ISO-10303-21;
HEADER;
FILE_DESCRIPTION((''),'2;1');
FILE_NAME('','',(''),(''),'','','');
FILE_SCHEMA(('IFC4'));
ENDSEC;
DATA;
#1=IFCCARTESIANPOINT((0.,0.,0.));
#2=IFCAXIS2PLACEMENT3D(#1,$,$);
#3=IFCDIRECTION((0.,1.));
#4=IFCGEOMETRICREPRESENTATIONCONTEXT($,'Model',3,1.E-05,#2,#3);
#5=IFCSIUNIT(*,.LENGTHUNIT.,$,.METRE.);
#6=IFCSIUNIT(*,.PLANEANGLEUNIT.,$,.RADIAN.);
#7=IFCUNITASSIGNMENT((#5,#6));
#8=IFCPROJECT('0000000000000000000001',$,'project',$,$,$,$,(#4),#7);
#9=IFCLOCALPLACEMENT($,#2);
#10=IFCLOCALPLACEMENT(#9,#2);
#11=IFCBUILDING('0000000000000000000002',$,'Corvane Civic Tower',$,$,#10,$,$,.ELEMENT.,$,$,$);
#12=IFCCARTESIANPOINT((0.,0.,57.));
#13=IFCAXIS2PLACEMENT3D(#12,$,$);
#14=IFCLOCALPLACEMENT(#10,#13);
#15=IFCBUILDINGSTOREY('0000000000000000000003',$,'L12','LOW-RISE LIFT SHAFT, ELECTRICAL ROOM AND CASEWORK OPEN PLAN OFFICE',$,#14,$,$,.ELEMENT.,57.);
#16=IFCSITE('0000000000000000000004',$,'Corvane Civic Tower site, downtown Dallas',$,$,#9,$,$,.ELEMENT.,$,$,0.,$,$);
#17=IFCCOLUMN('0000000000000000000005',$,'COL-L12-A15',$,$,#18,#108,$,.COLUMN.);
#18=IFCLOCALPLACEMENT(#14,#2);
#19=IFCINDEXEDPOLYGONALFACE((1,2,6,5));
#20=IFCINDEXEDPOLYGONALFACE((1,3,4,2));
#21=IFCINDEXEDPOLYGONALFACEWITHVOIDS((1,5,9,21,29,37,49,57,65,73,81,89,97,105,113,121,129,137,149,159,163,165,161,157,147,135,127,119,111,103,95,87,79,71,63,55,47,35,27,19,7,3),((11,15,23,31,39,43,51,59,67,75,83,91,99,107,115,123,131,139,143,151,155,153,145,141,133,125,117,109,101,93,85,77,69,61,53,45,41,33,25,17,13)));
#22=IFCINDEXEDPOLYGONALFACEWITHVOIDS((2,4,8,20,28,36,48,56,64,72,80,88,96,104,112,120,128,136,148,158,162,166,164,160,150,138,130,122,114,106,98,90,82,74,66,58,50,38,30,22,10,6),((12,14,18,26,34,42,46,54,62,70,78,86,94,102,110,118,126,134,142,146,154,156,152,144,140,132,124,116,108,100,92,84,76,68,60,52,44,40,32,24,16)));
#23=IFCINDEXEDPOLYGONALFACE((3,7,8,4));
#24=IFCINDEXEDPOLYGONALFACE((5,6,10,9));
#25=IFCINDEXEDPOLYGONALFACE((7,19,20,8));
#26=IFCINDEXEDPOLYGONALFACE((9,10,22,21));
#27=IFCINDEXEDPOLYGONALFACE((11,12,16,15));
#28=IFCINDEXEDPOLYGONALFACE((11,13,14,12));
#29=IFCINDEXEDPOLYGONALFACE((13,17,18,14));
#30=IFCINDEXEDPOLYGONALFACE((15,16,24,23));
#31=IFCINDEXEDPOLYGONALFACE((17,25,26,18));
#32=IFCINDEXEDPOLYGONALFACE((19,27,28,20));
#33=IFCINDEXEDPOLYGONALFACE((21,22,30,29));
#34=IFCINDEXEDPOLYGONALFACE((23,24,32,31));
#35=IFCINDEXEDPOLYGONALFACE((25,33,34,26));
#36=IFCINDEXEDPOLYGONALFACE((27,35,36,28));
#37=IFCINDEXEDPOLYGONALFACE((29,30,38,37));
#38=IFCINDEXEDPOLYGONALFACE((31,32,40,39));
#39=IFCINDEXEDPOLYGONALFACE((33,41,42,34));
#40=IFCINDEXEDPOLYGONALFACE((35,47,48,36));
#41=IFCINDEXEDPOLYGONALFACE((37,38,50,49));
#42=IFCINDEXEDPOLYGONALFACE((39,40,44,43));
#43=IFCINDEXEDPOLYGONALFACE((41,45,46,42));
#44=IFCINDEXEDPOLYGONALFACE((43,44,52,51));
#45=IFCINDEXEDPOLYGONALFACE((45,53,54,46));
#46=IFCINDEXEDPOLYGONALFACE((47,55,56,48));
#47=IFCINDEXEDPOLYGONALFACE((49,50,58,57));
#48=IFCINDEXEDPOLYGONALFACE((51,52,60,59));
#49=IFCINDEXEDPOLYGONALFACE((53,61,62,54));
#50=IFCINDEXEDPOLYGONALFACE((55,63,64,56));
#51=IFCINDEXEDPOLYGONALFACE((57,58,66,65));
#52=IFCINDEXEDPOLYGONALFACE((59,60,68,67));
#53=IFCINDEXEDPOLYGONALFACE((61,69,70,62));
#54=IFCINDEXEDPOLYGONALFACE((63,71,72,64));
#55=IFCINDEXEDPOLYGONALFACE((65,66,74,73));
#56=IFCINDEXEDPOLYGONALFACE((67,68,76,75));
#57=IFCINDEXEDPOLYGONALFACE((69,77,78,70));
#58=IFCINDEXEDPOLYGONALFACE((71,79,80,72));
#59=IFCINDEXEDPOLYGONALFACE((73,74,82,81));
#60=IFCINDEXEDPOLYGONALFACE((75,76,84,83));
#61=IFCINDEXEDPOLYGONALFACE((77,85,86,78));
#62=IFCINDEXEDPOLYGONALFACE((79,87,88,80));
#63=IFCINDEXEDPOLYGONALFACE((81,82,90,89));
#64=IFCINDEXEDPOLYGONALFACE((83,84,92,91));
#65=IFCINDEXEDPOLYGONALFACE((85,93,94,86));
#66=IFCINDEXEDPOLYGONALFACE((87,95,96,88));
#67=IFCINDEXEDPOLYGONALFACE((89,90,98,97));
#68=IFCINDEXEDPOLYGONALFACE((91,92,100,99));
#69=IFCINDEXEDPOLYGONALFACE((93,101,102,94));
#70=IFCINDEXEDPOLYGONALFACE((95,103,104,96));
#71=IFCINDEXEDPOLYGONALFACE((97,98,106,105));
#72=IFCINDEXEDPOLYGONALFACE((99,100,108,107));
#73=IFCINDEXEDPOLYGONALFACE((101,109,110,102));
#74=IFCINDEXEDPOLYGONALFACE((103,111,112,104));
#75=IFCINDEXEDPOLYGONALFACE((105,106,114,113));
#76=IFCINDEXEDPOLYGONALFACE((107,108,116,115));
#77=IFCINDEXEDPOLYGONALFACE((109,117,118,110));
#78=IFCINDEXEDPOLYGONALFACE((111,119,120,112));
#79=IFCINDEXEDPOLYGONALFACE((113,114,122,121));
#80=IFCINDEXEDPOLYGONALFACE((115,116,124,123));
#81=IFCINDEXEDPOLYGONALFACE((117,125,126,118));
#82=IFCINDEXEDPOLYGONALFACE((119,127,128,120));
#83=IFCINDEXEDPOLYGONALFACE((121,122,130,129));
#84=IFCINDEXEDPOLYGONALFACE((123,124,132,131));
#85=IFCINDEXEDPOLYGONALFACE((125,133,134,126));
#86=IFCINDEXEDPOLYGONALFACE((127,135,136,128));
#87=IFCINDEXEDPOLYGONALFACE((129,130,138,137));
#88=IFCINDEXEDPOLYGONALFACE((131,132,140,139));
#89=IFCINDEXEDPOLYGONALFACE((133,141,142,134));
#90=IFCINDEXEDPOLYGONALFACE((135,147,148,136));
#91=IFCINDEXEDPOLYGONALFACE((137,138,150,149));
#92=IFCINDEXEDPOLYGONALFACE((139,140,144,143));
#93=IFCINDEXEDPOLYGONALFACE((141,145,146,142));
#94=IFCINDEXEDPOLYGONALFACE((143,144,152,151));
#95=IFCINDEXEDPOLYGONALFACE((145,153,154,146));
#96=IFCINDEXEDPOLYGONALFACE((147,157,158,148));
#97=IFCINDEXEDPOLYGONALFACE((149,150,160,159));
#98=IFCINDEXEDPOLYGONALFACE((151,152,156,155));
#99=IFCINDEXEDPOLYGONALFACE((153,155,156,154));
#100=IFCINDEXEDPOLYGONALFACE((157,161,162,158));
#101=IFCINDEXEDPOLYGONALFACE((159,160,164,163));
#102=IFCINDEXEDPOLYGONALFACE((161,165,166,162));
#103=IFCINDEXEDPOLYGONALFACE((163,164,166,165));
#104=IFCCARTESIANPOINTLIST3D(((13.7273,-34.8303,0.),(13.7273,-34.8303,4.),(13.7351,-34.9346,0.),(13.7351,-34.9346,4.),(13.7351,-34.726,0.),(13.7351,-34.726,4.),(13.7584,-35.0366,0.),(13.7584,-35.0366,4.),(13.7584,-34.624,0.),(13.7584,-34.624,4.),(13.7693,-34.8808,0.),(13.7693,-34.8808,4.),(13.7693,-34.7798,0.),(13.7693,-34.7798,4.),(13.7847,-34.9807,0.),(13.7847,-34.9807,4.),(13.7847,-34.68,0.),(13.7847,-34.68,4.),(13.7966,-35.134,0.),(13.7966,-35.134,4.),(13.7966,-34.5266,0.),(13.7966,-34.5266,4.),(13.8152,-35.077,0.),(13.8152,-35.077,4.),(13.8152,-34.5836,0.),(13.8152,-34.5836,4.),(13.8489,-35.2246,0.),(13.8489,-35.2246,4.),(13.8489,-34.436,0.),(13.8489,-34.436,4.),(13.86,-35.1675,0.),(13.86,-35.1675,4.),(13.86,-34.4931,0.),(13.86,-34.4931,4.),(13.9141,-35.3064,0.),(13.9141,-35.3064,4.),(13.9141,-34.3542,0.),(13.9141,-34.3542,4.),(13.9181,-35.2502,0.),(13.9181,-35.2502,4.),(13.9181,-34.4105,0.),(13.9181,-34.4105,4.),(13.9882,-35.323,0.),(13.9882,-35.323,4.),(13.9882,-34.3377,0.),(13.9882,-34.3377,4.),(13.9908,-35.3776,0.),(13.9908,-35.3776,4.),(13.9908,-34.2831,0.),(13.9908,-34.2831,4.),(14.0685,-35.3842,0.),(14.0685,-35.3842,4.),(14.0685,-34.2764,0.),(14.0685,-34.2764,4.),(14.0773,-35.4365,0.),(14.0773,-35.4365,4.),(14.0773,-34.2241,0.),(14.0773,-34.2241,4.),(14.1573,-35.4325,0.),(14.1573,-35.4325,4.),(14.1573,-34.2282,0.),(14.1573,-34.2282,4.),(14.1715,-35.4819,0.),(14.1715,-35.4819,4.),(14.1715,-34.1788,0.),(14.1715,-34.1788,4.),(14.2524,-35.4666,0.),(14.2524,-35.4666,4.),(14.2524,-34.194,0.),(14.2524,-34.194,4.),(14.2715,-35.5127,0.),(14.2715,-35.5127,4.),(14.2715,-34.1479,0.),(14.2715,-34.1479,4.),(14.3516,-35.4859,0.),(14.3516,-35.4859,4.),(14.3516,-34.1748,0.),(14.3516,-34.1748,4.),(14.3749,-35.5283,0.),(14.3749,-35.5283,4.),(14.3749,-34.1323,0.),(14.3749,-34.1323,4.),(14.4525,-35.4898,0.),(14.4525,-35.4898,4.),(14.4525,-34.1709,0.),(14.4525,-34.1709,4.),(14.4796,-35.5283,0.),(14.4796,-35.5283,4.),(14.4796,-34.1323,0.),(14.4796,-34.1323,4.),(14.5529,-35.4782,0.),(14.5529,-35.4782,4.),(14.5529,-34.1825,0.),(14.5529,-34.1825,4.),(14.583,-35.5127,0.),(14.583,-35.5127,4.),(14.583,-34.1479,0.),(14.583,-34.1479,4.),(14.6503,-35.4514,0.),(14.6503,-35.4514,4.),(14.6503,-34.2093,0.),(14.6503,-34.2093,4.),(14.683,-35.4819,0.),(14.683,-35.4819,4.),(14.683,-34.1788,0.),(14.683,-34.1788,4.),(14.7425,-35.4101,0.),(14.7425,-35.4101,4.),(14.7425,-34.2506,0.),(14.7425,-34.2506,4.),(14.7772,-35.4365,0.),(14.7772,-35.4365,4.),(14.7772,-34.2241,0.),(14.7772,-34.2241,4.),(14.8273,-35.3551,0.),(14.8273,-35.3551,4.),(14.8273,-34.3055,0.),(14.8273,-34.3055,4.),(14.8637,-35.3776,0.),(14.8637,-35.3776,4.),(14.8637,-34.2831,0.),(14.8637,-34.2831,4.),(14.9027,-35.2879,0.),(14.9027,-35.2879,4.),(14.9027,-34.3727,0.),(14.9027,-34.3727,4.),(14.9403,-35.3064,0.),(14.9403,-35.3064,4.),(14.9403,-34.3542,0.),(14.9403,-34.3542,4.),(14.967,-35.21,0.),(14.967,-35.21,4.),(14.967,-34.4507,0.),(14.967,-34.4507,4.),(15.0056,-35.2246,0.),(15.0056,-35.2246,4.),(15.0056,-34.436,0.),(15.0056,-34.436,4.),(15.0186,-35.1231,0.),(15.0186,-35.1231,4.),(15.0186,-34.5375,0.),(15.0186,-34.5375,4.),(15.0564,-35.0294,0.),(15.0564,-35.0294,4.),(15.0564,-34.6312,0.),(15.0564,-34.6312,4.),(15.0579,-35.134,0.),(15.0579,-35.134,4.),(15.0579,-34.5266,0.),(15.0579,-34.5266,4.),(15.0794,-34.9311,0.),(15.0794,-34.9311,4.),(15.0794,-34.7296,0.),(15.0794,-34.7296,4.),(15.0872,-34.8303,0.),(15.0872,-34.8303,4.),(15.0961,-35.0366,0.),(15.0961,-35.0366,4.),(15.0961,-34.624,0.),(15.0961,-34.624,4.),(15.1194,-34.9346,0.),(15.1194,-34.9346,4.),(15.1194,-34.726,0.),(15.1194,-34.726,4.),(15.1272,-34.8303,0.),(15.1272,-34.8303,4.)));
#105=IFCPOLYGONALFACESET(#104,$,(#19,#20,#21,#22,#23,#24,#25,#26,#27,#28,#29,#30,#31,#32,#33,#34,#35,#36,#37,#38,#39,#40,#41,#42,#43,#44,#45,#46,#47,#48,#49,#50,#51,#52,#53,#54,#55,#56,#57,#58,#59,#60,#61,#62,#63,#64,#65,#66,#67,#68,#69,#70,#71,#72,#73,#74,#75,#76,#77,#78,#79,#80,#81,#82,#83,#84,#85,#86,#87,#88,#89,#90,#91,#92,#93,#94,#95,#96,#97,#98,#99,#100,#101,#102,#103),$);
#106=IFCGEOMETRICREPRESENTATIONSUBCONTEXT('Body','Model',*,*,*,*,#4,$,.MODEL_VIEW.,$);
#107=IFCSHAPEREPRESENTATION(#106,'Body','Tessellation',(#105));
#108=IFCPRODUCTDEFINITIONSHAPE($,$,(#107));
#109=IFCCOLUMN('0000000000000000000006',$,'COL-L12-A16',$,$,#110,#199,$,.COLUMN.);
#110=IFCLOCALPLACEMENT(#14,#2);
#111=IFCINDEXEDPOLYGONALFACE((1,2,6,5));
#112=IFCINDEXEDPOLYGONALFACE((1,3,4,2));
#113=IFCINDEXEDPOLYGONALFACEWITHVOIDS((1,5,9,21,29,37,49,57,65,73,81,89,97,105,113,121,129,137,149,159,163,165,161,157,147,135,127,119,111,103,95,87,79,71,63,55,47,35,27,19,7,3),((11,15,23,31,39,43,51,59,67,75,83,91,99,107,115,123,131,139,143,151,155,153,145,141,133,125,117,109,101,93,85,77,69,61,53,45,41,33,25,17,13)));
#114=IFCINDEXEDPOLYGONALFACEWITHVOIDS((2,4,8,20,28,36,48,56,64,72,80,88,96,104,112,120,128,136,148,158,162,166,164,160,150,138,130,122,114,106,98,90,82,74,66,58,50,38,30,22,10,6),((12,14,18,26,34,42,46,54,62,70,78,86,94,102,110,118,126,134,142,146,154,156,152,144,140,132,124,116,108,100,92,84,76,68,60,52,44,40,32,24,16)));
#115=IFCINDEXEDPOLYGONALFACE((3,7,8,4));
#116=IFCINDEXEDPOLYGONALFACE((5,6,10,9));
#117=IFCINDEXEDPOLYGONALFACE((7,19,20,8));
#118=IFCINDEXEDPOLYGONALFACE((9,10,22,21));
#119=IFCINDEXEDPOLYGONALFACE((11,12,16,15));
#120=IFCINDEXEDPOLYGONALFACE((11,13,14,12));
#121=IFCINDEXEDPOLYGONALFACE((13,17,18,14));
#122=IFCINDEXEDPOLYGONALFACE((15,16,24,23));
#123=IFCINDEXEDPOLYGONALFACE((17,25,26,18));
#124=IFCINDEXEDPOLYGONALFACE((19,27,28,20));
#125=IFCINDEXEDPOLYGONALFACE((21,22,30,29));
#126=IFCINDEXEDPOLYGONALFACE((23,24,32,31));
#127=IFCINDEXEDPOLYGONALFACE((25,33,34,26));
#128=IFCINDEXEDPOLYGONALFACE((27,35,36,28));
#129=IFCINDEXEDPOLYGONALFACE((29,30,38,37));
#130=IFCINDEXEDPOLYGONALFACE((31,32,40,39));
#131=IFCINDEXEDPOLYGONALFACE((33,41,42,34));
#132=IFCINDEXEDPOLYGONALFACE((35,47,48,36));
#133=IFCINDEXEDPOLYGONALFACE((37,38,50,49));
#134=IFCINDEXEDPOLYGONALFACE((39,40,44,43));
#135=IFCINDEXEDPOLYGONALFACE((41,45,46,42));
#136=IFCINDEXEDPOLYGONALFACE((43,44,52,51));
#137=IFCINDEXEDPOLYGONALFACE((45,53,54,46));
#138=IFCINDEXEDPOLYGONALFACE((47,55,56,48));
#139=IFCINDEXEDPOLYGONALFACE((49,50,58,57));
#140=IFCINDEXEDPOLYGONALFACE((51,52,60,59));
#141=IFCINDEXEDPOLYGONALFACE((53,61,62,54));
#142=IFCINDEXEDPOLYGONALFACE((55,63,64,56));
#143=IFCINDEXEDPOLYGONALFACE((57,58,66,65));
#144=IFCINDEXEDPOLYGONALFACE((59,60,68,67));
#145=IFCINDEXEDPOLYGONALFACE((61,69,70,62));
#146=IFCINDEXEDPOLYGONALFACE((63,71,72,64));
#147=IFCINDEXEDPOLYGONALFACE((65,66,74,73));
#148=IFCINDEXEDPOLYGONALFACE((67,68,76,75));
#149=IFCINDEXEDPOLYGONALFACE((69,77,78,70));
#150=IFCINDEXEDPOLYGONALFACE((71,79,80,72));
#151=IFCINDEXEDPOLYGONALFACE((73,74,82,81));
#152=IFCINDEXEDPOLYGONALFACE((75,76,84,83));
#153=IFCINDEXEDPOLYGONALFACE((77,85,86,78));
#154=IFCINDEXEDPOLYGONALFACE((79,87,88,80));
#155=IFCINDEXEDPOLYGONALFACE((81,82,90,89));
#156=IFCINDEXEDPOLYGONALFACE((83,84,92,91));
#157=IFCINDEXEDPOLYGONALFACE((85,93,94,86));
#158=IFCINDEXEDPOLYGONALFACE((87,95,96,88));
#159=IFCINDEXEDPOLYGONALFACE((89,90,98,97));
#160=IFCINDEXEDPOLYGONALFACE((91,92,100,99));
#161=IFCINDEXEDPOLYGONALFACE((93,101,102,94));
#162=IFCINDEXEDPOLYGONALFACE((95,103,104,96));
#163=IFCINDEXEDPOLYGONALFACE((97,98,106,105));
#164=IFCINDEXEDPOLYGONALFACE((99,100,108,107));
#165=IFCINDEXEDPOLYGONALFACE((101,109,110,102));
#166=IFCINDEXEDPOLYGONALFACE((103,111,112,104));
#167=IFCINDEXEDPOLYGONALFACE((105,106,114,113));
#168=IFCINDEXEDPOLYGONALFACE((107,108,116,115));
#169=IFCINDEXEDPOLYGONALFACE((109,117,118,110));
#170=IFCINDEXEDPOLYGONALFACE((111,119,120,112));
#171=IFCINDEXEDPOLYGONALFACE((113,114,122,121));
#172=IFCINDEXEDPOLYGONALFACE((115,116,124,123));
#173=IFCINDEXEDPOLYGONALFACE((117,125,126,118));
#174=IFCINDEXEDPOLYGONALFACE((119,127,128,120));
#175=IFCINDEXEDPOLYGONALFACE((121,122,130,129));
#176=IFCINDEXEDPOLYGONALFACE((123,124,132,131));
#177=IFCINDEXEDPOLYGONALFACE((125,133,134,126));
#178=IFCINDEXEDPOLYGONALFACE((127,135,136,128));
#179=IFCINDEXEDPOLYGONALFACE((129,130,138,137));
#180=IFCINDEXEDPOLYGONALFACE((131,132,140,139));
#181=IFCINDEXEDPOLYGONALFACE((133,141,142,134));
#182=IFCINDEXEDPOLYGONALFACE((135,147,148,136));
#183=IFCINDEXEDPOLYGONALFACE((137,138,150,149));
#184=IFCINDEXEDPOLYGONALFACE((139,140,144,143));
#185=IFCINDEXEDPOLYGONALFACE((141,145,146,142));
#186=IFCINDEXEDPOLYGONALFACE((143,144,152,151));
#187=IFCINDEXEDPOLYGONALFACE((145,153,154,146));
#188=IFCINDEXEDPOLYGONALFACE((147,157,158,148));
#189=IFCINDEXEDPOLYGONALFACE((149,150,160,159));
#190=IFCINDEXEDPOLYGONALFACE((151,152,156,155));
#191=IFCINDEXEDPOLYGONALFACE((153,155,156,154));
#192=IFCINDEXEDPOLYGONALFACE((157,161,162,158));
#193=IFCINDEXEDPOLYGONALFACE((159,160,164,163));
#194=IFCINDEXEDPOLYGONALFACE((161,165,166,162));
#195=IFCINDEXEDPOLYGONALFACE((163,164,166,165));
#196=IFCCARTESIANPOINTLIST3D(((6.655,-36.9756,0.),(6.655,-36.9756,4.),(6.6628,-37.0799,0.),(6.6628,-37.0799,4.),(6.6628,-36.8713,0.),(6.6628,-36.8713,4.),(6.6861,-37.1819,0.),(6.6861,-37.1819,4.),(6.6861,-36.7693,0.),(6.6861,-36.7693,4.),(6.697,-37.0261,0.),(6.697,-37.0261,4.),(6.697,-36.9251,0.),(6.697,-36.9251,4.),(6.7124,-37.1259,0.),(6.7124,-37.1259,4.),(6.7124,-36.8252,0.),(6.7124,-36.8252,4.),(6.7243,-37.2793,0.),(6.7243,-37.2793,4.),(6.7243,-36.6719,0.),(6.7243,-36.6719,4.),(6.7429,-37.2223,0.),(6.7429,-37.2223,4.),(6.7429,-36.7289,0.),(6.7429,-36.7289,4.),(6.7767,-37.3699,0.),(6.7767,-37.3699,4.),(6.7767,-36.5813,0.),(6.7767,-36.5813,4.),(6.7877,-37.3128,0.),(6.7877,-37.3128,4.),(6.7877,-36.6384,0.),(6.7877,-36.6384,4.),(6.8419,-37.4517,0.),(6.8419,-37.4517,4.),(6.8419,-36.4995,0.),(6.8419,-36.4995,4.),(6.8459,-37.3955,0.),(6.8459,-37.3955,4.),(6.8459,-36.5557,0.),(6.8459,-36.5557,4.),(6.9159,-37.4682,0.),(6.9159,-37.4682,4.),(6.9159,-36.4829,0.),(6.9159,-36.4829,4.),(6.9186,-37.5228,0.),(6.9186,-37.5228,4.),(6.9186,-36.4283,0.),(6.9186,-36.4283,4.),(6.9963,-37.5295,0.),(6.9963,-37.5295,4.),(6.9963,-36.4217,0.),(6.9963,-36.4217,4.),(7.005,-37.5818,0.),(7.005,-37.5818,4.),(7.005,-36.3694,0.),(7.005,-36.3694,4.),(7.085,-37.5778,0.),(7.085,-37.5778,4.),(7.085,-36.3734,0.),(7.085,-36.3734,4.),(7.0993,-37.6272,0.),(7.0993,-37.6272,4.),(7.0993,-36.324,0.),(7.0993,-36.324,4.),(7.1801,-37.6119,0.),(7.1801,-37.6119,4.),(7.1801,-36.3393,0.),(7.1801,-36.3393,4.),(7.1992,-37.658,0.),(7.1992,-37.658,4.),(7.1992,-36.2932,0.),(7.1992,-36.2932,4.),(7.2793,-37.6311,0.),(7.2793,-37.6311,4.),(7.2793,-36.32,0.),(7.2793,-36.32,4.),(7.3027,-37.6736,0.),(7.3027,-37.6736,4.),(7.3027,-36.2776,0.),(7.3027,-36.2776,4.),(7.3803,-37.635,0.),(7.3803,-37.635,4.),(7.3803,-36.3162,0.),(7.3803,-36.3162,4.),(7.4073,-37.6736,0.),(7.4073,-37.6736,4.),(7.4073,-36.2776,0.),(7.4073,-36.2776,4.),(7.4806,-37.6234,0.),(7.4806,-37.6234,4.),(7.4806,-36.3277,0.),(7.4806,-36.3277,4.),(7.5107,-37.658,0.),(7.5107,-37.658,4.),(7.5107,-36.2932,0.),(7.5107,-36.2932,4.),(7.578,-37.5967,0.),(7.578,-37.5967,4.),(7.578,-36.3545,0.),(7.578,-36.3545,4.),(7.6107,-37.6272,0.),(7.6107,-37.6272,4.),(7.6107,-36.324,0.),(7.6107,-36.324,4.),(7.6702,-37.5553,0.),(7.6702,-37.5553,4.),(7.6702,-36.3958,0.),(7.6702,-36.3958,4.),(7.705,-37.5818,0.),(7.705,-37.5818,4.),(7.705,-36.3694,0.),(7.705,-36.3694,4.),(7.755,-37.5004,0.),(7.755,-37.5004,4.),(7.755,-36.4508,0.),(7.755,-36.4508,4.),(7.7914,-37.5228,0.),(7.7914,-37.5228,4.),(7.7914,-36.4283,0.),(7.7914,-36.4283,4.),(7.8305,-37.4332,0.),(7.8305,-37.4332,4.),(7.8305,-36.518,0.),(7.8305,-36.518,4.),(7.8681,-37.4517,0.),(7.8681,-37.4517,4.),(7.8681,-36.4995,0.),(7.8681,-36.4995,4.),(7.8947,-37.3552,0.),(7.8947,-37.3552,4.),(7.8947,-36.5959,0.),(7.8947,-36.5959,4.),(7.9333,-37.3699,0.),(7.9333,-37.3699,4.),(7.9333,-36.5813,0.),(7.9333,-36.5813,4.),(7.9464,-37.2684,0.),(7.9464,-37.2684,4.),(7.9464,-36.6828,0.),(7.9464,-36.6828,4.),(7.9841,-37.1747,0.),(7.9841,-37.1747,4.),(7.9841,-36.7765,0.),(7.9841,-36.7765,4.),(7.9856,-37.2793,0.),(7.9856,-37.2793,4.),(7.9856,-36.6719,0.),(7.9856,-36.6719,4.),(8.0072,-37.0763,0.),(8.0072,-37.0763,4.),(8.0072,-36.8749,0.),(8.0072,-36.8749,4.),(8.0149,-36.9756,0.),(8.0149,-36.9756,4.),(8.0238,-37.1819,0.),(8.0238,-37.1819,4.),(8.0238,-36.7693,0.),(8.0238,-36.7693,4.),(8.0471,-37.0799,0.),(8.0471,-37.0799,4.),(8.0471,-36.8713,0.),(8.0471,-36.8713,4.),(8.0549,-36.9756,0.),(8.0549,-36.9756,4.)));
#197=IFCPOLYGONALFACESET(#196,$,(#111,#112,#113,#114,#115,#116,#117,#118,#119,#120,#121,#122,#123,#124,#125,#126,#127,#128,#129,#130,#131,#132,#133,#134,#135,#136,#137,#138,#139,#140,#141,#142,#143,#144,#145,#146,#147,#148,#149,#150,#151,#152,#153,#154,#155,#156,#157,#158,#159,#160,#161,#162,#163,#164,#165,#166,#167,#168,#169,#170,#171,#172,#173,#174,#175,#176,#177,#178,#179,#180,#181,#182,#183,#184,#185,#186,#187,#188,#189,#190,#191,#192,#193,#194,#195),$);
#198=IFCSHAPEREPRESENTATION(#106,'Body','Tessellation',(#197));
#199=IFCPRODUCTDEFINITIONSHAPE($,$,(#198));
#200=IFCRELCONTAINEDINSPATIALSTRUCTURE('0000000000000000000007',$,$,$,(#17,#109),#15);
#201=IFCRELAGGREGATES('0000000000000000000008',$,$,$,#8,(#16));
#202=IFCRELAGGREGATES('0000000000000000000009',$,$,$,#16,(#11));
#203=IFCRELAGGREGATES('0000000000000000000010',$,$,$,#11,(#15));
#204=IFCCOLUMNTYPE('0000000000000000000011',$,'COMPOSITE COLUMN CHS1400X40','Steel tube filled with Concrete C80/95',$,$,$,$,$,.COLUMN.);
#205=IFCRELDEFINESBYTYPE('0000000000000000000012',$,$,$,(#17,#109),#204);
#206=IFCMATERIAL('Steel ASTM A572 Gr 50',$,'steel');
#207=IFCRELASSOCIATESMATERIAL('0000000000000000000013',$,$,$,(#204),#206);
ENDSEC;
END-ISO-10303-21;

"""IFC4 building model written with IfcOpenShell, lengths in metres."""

from ifc_helpers import new_model, si_unit, direction, frame, origin, origin_2d, place, context, subcontext, project, spatial, hollow_circle, extrude, material, material_profile, profile_set, type_object, element, save


model = new_model("IFC4")

# Units and contexts
model_context = context("Model", 3, precision=1e-05, world=origin(), true_north=direction((0.0, 1.0)))
body_context = subcontext(model_context, "Body", "Model", "MODEL_VIEW")
ifc_project = project(units=[si_unit("LENGTHUNIT", "METRE"), si_unit("PLANEANGLEUNIT", "RADIAN")], contexts=[model_context])

# Site, building, storey
site_placement = place(None, origin())
site = spatial("IfcSite", under=ifc_project, at=site_placement, Name="Corvane Civic Tower site, downtown Dallas", CompositionType="ELEMENT", RefElevation=0.0)
building_placement = place(site_placement, origin())
building = spatial("IfcBuilding", under=site, at=building_placement, Name="Corvane Civic Tower", CompositionType="ELEMENT")
storey_placement = place(building_placement, frame((0.0, 0.0, 57.0)))
storey = spatial("IfcBuildingStorey", under=building, at=storey_placement, Name="L12", Description="LOW-RISE LIFT SHAFT, ELECTRICAL ROOM AND CASEWORK OPEN PLAN OFFICE", CompositionType="ELEMENT", Elevation=57.0)

# Columns
ifc_material_1 = material(Name="Steel ASTM A572 Gr 50", Category="steel")
ifc_material_profile_1 = material_profile(ifc_material_1, hollow_circle(Radius=0.7, WallThickness=0.04, at=origin_2d()), Name="CHS1400X40")
ifc_profile_set_1 = profile_set([ifc_material_profile_1], Name="Steel ASTM A572 Gr 50")
column_type = type_object("IfcColumnType", Name="COMPOSITE COLUMN CHS1400X40", Description="Steel tube filled with Concrete C80/95", PredefinedType="COLUMN", material=ifc_profile_set_1)
for number, where, z_axis, x_axis, name in (
    (1, (14.4272, -34.8303, 0.0), (0.0, 0.0, 1.0), (1.0, 0.0, 0.0), "COL-L12-A15"),
    (2, (7.355, -36.9756, 0.0), (0.0, 0.0, 1.0), (1.0, 0.0, 0.0), "COL-L12-A16"),
):
    element("IfcColumn", number, at=place(storey_placement, frame(where, z_axis=z_axis, x_axis=x_axis)), inside=storey, type_object=column_type, Name=name, PredefinedType="COLUMN", context=body_context, shape_type="SweptSolid", body=[
        extrude(hollow_circle(Radius=0.7, WallThickness=0.04, at=origin_2d()), origin(), (0.0, 0.0, 1.0), 4.0),
    ])

save(model, "model.ifc")
